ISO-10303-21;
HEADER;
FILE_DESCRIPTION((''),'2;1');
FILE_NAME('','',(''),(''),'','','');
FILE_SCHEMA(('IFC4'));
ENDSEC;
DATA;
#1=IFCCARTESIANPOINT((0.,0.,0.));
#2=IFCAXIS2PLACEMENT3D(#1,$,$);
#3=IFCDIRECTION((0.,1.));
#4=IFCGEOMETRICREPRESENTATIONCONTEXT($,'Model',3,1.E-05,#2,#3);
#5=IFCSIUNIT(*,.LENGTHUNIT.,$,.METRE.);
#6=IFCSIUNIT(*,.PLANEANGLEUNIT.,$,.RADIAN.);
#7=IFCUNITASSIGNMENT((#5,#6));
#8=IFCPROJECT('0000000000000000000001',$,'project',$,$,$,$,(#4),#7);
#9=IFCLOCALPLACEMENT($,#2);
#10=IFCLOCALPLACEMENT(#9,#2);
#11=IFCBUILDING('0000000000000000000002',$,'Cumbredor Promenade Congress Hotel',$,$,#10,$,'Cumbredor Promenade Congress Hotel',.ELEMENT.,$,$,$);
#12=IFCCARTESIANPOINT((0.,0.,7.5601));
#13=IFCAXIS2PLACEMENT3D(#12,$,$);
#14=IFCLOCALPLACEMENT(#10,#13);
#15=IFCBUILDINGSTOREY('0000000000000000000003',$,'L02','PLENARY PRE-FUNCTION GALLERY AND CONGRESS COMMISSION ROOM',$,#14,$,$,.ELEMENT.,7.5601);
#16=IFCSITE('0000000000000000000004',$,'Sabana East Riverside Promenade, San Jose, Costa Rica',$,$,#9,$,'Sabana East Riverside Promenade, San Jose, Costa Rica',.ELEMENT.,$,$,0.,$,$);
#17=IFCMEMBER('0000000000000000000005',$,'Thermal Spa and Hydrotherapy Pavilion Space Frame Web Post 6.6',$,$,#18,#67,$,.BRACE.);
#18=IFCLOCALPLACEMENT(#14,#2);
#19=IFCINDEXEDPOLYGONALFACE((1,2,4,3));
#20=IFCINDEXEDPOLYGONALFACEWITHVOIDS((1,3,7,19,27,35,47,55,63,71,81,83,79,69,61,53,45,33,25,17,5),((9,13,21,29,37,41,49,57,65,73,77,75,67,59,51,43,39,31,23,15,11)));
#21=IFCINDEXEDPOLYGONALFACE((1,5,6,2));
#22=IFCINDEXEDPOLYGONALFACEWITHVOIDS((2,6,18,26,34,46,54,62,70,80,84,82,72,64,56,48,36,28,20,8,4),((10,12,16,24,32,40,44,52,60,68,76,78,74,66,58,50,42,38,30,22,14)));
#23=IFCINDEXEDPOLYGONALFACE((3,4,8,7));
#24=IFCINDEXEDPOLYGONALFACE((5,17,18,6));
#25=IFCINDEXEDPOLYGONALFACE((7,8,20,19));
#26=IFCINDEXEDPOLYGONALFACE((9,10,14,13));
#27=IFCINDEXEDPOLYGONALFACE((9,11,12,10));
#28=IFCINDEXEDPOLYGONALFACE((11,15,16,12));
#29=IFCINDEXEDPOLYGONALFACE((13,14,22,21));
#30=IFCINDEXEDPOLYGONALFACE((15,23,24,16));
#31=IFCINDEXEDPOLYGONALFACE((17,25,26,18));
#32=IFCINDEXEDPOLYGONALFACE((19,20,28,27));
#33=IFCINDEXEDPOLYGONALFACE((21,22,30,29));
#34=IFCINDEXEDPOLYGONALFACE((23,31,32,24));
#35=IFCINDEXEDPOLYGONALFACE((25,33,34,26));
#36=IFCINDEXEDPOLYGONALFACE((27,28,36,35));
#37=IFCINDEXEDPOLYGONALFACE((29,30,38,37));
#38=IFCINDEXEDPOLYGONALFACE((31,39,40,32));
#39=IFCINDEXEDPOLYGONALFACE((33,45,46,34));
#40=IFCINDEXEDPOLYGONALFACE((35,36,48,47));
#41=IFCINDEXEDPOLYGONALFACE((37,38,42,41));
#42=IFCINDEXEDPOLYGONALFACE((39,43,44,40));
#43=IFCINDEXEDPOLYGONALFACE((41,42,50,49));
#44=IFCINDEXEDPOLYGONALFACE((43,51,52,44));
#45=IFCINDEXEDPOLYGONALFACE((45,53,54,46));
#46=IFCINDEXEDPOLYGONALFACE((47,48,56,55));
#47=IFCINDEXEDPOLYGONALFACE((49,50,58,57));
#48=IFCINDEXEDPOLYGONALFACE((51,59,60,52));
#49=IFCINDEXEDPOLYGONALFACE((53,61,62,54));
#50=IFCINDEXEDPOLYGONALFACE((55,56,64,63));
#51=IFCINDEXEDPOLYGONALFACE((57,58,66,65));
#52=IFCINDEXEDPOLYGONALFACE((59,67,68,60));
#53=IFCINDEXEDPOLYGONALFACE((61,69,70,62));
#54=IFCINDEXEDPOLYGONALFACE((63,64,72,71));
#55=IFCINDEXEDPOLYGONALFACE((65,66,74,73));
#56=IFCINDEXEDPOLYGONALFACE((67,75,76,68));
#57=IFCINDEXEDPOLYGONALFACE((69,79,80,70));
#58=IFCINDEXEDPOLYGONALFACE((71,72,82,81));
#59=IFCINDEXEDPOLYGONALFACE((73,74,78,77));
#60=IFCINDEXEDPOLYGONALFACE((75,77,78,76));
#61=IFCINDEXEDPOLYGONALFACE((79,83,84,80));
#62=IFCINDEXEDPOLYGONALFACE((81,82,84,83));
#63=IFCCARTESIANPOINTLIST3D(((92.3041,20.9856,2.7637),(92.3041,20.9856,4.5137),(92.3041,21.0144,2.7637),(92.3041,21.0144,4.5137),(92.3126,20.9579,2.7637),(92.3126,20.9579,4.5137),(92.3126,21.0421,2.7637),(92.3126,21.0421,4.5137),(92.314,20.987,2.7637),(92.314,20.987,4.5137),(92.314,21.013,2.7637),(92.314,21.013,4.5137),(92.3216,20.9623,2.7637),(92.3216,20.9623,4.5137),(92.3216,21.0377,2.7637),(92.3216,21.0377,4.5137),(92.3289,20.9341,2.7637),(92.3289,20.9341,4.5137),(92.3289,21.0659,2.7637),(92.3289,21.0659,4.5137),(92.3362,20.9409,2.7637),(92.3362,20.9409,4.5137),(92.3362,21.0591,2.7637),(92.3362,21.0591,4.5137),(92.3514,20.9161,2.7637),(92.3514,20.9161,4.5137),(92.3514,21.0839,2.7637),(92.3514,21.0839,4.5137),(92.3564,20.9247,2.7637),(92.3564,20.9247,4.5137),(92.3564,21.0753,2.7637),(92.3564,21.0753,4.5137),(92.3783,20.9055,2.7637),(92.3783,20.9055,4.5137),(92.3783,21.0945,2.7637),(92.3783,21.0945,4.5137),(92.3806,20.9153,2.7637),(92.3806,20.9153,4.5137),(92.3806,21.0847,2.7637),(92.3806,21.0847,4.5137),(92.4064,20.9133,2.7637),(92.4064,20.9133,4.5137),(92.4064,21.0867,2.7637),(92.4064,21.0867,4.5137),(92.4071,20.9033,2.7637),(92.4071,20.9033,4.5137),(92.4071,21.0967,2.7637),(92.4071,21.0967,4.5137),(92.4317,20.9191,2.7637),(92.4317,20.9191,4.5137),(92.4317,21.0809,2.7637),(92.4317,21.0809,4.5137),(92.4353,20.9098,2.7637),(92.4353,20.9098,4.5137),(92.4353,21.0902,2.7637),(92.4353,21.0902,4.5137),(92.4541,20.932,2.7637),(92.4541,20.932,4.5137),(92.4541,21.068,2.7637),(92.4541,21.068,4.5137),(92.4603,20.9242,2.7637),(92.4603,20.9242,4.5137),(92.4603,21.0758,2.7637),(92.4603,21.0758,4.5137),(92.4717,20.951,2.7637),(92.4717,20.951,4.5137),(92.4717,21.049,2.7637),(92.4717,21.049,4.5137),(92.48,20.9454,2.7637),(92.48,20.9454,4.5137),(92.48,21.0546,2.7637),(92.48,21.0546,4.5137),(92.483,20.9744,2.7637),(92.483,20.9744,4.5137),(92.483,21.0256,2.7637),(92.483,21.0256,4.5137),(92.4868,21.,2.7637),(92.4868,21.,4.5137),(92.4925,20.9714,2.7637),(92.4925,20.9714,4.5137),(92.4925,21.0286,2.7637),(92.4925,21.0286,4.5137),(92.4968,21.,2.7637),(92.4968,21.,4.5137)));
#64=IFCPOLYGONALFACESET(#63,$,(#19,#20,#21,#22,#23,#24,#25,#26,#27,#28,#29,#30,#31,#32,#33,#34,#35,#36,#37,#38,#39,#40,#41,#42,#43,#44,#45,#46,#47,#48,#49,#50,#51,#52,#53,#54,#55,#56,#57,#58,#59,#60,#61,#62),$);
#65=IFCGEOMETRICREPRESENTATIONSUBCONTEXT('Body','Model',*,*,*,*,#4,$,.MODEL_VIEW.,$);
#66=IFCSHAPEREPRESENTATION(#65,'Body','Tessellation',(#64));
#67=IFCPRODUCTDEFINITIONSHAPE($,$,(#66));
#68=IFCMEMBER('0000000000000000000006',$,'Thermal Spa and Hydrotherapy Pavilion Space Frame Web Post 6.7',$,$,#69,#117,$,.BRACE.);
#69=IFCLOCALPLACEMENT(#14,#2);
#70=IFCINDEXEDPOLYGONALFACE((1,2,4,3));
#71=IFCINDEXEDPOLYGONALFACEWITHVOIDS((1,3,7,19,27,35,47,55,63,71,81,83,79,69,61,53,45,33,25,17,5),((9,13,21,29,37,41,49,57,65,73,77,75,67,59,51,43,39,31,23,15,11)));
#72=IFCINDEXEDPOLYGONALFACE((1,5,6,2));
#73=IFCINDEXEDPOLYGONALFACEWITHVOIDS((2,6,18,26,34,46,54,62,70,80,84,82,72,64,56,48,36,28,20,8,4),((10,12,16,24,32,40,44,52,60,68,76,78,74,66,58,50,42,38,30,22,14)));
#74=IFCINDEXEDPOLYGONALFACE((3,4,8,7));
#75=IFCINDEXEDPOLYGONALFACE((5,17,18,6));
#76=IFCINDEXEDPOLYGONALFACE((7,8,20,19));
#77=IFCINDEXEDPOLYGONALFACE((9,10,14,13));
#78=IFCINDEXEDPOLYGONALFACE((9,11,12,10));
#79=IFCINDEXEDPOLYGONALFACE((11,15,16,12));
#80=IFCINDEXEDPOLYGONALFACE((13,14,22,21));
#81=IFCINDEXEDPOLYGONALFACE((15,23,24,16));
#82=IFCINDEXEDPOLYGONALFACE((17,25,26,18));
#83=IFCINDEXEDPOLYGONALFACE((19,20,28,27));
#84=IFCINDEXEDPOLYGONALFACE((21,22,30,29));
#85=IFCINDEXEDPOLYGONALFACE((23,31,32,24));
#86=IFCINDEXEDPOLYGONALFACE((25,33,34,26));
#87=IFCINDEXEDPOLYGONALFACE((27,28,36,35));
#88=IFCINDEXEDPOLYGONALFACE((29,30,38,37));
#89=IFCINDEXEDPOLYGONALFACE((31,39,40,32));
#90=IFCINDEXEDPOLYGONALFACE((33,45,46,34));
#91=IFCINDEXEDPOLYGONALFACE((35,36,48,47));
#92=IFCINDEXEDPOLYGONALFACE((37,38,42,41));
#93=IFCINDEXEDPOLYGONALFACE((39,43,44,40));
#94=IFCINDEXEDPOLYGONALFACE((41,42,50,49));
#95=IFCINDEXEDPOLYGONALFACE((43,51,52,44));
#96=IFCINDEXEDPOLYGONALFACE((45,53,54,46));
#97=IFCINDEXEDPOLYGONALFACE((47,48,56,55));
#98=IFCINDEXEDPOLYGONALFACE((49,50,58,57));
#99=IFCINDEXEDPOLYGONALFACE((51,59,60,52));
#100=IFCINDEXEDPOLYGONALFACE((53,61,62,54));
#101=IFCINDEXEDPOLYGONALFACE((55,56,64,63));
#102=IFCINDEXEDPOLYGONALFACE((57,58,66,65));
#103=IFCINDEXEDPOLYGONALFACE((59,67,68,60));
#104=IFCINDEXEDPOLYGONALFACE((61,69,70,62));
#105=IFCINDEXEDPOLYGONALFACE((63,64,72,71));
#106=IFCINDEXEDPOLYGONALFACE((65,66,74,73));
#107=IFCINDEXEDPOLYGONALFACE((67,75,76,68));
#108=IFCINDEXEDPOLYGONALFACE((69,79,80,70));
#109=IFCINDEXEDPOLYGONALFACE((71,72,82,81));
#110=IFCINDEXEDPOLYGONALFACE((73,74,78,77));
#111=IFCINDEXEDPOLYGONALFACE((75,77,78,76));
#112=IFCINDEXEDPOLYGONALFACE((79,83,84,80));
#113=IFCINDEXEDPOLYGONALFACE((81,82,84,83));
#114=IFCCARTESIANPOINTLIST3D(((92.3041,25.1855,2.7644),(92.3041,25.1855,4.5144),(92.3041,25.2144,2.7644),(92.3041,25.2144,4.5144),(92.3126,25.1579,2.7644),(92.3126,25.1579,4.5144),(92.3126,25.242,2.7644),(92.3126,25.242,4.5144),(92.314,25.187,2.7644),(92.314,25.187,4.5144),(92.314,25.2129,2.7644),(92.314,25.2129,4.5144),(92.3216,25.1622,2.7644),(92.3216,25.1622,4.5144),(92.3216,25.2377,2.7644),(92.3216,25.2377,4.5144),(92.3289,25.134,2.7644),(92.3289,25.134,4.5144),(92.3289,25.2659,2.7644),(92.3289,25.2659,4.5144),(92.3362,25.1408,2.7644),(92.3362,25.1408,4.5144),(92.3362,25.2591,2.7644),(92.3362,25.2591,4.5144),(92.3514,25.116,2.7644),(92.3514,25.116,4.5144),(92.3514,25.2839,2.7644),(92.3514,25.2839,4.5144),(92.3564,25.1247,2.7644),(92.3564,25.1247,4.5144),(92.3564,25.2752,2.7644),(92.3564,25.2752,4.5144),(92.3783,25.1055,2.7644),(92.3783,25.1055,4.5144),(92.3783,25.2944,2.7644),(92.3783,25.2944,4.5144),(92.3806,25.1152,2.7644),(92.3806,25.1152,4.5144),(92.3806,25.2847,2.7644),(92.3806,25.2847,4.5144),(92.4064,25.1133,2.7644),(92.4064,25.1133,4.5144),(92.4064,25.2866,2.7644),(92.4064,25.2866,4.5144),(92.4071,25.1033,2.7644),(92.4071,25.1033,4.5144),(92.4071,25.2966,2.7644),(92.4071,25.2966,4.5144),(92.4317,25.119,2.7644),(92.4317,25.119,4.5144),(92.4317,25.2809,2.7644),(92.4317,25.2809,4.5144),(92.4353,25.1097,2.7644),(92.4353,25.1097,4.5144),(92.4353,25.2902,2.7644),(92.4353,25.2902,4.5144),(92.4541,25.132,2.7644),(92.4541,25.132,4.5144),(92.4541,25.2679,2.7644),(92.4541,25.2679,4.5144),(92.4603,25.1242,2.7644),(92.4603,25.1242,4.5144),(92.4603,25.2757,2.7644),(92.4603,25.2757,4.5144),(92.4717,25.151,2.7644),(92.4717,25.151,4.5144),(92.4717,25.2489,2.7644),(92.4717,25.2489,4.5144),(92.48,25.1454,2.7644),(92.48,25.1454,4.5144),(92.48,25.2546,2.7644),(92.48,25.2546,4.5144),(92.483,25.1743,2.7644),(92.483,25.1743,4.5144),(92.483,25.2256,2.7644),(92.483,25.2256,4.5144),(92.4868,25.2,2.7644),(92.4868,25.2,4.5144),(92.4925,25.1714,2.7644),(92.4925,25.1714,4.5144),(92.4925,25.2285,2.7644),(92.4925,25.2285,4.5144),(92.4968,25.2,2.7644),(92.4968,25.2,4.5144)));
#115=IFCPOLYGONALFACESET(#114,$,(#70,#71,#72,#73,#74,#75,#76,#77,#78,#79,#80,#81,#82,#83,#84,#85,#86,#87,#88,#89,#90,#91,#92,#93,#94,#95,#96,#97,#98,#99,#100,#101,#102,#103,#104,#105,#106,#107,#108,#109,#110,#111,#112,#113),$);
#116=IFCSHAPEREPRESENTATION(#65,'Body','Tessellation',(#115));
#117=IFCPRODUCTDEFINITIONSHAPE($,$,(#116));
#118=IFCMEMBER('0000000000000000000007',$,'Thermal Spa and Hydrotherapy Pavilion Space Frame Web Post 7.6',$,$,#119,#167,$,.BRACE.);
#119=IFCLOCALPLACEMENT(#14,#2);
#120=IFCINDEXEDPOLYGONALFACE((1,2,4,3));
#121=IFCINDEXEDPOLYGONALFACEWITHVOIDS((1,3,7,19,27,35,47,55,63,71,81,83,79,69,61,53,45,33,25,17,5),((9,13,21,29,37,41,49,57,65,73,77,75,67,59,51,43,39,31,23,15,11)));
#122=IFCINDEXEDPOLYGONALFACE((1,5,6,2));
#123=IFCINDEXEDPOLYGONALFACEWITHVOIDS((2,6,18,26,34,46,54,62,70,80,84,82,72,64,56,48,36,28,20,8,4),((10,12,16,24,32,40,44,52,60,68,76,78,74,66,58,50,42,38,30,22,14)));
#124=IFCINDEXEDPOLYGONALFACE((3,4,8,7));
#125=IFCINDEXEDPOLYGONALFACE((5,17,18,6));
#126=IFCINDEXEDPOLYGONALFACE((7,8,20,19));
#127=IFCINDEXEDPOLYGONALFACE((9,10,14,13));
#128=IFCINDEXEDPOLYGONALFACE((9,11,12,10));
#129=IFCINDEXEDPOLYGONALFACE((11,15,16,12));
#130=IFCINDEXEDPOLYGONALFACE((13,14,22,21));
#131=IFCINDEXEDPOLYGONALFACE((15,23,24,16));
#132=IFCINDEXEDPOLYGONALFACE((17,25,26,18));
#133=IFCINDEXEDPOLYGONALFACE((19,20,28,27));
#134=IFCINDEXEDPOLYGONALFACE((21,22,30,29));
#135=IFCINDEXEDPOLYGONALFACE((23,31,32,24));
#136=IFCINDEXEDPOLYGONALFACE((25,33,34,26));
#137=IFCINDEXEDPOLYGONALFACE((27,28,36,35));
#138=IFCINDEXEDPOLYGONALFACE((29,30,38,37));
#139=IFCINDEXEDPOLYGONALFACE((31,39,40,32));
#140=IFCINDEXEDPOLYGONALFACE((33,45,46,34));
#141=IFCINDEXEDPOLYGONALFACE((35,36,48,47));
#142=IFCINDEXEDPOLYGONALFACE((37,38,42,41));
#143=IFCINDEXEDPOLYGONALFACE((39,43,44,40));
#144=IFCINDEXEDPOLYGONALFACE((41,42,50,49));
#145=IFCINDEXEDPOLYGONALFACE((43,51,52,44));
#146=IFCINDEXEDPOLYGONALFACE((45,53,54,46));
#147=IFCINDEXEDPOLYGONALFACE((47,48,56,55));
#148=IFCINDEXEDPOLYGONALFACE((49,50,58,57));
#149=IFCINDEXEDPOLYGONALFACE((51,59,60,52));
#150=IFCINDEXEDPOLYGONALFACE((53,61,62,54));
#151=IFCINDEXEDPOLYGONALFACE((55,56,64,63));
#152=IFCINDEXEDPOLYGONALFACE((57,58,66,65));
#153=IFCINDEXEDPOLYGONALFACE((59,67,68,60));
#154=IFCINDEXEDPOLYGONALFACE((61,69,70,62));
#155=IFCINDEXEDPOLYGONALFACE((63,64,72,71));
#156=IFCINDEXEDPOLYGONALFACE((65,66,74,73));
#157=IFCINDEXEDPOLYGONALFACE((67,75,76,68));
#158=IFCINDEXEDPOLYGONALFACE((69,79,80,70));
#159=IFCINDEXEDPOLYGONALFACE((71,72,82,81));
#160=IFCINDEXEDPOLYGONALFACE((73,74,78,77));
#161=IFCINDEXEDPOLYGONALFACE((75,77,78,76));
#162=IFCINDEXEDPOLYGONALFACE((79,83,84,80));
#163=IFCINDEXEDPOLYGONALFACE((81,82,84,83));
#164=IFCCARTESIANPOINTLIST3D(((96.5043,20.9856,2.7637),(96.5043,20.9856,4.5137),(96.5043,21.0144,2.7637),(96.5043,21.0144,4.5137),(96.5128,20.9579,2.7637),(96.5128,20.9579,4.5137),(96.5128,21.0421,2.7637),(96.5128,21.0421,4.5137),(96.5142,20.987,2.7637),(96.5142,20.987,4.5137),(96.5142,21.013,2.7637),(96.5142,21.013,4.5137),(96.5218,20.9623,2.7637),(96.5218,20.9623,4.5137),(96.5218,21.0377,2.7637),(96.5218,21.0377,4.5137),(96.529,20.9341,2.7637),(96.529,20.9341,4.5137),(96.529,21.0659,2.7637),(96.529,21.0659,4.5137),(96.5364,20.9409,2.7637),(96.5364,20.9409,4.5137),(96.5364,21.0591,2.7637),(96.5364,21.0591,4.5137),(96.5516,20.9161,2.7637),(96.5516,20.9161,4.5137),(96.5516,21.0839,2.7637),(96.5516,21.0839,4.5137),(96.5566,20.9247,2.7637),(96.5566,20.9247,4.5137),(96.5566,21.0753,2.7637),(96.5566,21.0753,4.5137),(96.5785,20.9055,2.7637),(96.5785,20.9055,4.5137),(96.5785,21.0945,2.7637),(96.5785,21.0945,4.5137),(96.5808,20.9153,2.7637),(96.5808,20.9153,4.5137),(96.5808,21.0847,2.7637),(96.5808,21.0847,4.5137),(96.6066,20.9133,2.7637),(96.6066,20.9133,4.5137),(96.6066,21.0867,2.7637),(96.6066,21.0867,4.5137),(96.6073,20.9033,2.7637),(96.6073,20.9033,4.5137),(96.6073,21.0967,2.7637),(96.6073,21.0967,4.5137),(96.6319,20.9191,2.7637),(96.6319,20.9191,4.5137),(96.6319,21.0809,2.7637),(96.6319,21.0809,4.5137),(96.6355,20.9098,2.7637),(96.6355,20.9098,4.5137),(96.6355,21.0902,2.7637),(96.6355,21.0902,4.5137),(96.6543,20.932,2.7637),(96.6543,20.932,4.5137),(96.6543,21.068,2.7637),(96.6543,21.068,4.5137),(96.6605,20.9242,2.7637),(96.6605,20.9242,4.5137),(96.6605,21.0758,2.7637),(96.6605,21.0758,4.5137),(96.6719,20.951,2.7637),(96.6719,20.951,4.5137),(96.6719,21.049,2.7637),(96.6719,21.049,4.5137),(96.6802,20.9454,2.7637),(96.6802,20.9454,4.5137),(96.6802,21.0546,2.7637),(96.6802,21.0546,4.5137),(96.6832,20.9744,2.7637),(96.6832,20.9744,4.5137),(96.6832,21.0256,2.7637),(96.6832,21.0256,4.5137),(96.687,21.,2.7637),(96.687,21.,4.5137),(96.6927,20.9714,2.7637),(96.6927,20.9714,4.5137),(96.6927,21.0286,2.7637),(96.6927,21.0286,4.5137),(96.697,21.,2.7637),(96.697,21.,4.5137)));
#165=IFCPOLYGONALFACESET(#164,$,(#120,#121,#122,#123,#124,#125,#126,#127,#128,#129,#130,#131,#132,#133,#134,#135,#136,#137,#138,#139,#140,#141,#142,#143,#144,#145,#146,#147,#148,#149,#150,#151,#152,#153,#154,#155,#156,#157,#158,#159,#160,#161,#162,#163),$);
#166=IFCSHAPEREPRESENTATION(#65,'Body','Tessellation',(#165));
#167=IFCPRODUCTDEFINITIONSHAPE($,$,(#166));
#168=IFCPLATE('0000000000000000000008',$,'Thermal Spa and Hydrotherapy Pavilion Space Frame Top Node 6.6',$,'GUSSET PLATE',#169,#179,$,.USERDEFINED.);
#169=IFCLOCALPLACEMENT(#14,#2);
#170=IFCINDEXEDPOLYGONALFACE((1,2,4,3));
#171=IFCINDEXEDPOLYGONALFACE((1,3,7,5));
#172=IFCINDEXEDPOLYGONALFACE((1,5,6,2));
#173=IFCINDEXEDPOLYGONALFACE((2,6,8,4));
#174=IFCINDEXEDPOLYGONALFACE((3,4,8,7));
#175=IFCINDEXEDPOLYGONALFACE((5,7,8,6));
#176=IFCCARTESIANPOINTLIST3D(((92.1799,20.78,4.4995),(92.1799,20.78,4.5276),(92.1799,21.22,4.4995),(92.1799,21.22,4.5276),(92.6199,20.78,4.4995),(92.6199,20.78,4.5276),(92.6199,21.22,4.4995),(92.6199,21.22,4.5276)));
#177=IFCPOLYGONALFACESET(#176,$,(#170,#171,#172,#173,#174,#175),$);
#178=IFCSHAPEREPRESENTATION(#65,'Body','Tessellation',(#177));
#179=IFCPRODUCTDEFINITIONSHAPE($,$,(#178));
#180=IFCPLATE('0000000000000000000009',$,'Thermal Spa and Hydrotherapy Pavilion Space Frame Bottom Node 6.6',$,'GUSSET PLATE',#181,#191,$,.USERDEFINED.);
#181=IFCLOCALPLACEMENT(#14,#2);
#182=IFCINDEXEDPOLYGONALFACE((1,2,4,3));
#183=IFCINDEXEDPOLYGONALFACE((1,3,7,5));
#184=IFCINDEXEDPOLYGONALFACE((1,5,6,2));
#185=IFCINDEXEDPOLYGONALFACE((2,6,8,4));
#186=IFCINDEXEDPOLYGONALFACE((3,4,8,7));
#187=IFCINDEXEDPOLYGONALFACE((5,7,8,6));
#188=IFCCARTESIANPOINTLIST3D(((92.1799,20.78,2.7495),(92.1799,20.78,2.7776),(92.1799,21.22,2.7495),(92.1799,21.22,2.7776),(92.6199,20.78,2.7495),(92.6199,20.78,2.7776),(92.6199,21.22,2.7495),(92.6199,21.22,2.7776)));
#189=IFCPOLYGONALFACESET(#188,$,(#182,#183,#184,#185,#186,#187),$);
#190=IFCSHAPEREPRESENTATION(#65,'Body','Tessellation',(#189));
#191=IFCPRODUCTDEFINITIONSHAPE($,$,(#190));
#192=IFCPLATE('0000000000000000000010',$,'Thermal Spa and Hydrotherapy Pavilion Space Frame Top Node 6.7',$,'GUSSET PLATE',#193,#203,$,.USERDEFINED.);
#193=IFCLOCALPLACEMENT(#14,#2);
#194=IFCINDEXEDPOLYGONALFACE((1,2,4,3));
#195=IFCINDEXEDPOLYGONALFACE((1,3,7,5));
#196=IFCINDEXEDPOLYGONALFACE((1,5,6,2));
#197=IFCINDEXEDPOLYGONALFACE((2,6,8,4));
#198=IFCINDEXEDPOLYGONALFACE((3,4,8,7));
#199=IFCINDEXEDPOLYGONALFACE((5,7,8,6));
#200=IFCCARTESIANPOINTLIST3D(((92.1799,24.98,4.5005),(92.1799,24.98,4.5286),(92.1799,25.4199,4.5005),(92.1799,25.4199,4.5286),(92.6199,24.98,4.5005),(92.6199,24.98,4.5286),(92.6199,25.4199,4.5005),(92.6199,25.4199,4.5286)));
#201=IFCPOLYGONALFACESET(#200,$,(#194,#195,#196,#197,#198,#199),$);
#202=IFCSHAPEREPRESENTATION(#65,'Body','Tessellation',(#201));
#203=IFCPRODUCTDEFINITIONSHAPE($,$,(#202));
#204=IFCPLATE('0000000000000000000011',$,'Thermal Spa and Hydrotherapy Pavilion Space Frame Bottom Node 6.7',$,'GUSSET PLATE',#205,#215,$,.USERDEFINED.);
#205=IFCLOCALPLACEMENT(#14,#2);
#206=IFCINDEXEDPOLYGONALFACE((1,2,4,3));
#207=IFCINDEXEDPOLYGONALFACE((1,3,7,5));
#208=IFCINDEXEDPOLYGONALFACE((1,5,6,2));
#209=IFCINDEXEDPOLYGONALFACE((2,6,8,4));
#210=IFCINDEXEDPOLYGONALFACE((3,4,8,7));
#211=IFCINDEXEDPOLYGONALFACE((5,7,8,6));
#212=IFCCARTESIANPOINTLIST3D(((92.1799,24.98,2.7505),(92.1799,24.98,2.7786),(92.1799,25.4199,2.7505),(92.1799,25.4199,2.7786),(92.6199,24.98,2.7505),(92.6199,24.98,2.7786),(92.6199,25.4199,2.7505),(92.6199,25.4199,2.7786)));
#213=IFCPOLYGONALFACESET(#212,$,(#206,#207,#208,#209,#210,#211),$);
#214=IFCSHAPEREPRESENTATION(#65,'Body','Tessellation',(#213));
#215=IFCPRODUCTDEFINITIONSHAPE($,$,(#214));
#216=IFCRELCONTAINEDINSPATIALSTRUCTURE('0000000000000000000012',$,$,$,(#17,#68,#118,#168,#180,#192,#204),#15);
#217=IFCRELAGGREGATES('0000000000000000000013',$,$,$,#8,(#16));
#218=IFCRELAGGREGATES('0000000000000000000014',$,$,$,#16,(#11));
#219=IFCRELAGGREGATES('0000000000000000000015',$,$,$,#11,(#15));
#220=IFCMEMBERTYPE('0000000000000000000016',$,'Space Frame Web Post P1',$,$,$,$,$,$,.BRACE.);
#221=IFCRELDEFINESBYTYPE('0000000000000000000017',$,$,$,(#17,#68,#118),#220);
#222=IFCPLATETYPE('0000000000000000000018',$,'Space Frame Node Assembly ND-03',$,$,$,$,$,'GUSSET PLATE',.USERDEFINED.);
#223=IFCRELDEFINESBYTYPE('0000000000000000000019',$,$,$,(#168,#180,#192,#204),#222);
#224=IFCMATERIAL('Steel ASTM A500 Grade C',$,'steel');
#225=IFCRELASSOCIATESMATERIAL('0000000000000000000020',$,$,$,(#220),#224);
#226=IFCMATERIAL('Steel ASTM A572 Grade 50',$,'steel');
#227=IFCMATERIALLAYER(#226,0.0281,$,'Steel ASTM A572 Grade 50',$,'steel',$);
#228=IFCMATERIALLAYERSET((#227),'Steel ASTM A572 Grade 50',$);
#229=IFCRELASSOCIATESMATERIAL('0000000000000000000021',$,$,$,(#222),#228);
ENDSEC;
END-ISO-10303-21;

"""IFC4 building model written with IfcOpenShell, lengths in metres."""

from ifc_helpers import new_model, si_unit, direction, frame, origin, origin_2d, place, context, subcontext, project, spatial, rectangle, hollow_circle, extrude, material, layer, layer_set, material_profile, profile_set, type_object, element, save


model = new_model("IFC4")

# Units and contexts
model_context = context("Model", 3, precision=1e-05, world=origin(), true_north=direction((0.0, 1.0)))
body_context = subcontext(model_context, "Body", "Model", "MODEL_VIEW")
ifc_project = project(units=[si_unit("LENGTHUNIT", "METRE"), si_unit("PLANEANGLEUNIT", "RADIAN")], contexts=[model_context])

# Site, building, storey
site_placement = place(None, origin())
site = spatial("IfcSite", under=ifc_project, at=site_placement, Name="Sabana East Riverside Promenade, San Jose, Costa Rica", LongName="Sabana East Riverside Promenade, San Jose, Costa Rica", CompositionType="ELEMENT", RefElevation=0.0)
building_placement = place(site_placement, origin())
building = spatial("IfcBuilding", under=site, at=building_placement, Name="Cumbredor Promenade Congress Hotel", LongName="Cumbredor Promenade Congress Hotel", CompositionType="ELEMENT")
storey_placement = place(building_placement, frame((0.0, 0.0, 7.5601)))
storey = spatial("IfcBuildingStorey", under=building, at=storey_placement, Name="L02", Description="PLENARY PRE-FUNCTION GALLERY AND CONGRESS COMMISSION ROOM", CompositionType="ELEMENT", Elevation=7.5601)

# Members
ifc_material_1 = material(Name="Steel ASTM A500 Grade C", Category="steel")
ifc_material_profile_1 = material_profile(ifc_material_1, hollow_circle(Radius=0.0969, WallThickness=0.01, at=origin_2d()), Name="CHS 193.7x10")
ifc_profile_set_1 = profile_set([ifc_material_profile_1], Name="Steel ASTM A500 Grade C")
member_type_1 = type_object("IfcMemberType", Name="Space Frame Web Post P1", PredefinedType="BRACE", material=ifc_profile_set_1)
for number, where, z_axis, x_axis, name in (
    (1, (92.3999, 21.0, 2.7637), (0.0, 0.0, 1.0), (1.0, 0.0, 0.0), "Thermal Spa and Hydrotherapy Pavilion Space Frame Web Post 6.6"),
    (2, (92.3999, 25.2, 2.7644), (0.0, 0.0, 1.0), (1.0, 0.0, 0.0), "Thermal Spa and Hydrotherapy Pavilion Space Frame Web Post 6.7"),
    (3, (96.6001, 21.0, 2.7637), (0.0, 0.0, 1.0), (1.0, 0.0, 0.0), "Thermal Spa and Hydrotherapy Pavilion Space Frame Web Post 7.6"),
):
    element("IfcMember", number, at=place(storey_placement, frame(where, z_axis=z_axis, x_axis=x_axis)), inside=storey, type_object=member_type_1, Name=name, PredefinedType="BRACE", context=body_context, shape_type="SweptSolid", body=[
        extrude(hollow_circle(Radius=0.0969, WallThickness=0.01, at=origin_2d()), origin(), (0.0, 0.0, 1.0), 1.75),
    ])

# Plates
ifc_material_2 = material(Name="Steel ASTM A572 Grade 50", Category="steel")
ifc_layer = layer(ifc_material_2, 0.0281, Name="Steel ASTM A572 Grade 50", Category="steel")
ifc_layer_set = layer_set([ifc_layer], Name="Steel ASTM A572 Grade 50")
plate_type = type_object("IfcPlateType", Name="Space Frame Node Assembly ND-03", ElementType="GUSSET PLATE", PredefinedType="USERDEFINED", material=ifc_layer_set)
for number, where, z_axis, x_axis, name in (
    (4, (92.3999, 21.0, 4.4995), (0.0, 0.0, 1.0), (1.0, 0.0, 0.0), "Thermal Spa and Hydrotherapy Pavilion Space Frame Top Node 6.6"),
    (5, (92.3999, 21.0, 2.7495), (0.0, 0.0, 1.0), (1.0, 0.0, 0.0), "Thermal Spa and Hydrotherapy Pavilion Space Frame Bottom Node 6.6"),
    (6, (92.3999, 25.2, 4.5005), (0.0, 0.0, 1.0), (1.0, 0.0, 0.0), "Thermal Spa and Hydrotherapy Pavilion Space Frame Top Node 6.7"),
    (7, (92.3999, 25.2, 2.7505), (0.0, 0.0, 1.0), (1.0, 0.0, 0.0), "Thermal Spa and Hydrotherapy Pavilion Space Frame Bottom Node 6.7"),
):
    element("IfcPlate", number, at=place(storey_placement, frame(where, z_axis=z_axis, x_axis=x_axis)), inside=storey, type_object=plate_type, Name=name, ObjectType="GUSSET PLATE", PredefinedType="USERDEFINED", context=body_context, shape_type="SweptSolid", body=[
        extrude(rectangle(XDim=0.4399, YDim=0.4399, at=origin_2d()), origin(), (0.0, 0.0, 1.0), 0.0281),
    ])

save(model, "model.ifc")
